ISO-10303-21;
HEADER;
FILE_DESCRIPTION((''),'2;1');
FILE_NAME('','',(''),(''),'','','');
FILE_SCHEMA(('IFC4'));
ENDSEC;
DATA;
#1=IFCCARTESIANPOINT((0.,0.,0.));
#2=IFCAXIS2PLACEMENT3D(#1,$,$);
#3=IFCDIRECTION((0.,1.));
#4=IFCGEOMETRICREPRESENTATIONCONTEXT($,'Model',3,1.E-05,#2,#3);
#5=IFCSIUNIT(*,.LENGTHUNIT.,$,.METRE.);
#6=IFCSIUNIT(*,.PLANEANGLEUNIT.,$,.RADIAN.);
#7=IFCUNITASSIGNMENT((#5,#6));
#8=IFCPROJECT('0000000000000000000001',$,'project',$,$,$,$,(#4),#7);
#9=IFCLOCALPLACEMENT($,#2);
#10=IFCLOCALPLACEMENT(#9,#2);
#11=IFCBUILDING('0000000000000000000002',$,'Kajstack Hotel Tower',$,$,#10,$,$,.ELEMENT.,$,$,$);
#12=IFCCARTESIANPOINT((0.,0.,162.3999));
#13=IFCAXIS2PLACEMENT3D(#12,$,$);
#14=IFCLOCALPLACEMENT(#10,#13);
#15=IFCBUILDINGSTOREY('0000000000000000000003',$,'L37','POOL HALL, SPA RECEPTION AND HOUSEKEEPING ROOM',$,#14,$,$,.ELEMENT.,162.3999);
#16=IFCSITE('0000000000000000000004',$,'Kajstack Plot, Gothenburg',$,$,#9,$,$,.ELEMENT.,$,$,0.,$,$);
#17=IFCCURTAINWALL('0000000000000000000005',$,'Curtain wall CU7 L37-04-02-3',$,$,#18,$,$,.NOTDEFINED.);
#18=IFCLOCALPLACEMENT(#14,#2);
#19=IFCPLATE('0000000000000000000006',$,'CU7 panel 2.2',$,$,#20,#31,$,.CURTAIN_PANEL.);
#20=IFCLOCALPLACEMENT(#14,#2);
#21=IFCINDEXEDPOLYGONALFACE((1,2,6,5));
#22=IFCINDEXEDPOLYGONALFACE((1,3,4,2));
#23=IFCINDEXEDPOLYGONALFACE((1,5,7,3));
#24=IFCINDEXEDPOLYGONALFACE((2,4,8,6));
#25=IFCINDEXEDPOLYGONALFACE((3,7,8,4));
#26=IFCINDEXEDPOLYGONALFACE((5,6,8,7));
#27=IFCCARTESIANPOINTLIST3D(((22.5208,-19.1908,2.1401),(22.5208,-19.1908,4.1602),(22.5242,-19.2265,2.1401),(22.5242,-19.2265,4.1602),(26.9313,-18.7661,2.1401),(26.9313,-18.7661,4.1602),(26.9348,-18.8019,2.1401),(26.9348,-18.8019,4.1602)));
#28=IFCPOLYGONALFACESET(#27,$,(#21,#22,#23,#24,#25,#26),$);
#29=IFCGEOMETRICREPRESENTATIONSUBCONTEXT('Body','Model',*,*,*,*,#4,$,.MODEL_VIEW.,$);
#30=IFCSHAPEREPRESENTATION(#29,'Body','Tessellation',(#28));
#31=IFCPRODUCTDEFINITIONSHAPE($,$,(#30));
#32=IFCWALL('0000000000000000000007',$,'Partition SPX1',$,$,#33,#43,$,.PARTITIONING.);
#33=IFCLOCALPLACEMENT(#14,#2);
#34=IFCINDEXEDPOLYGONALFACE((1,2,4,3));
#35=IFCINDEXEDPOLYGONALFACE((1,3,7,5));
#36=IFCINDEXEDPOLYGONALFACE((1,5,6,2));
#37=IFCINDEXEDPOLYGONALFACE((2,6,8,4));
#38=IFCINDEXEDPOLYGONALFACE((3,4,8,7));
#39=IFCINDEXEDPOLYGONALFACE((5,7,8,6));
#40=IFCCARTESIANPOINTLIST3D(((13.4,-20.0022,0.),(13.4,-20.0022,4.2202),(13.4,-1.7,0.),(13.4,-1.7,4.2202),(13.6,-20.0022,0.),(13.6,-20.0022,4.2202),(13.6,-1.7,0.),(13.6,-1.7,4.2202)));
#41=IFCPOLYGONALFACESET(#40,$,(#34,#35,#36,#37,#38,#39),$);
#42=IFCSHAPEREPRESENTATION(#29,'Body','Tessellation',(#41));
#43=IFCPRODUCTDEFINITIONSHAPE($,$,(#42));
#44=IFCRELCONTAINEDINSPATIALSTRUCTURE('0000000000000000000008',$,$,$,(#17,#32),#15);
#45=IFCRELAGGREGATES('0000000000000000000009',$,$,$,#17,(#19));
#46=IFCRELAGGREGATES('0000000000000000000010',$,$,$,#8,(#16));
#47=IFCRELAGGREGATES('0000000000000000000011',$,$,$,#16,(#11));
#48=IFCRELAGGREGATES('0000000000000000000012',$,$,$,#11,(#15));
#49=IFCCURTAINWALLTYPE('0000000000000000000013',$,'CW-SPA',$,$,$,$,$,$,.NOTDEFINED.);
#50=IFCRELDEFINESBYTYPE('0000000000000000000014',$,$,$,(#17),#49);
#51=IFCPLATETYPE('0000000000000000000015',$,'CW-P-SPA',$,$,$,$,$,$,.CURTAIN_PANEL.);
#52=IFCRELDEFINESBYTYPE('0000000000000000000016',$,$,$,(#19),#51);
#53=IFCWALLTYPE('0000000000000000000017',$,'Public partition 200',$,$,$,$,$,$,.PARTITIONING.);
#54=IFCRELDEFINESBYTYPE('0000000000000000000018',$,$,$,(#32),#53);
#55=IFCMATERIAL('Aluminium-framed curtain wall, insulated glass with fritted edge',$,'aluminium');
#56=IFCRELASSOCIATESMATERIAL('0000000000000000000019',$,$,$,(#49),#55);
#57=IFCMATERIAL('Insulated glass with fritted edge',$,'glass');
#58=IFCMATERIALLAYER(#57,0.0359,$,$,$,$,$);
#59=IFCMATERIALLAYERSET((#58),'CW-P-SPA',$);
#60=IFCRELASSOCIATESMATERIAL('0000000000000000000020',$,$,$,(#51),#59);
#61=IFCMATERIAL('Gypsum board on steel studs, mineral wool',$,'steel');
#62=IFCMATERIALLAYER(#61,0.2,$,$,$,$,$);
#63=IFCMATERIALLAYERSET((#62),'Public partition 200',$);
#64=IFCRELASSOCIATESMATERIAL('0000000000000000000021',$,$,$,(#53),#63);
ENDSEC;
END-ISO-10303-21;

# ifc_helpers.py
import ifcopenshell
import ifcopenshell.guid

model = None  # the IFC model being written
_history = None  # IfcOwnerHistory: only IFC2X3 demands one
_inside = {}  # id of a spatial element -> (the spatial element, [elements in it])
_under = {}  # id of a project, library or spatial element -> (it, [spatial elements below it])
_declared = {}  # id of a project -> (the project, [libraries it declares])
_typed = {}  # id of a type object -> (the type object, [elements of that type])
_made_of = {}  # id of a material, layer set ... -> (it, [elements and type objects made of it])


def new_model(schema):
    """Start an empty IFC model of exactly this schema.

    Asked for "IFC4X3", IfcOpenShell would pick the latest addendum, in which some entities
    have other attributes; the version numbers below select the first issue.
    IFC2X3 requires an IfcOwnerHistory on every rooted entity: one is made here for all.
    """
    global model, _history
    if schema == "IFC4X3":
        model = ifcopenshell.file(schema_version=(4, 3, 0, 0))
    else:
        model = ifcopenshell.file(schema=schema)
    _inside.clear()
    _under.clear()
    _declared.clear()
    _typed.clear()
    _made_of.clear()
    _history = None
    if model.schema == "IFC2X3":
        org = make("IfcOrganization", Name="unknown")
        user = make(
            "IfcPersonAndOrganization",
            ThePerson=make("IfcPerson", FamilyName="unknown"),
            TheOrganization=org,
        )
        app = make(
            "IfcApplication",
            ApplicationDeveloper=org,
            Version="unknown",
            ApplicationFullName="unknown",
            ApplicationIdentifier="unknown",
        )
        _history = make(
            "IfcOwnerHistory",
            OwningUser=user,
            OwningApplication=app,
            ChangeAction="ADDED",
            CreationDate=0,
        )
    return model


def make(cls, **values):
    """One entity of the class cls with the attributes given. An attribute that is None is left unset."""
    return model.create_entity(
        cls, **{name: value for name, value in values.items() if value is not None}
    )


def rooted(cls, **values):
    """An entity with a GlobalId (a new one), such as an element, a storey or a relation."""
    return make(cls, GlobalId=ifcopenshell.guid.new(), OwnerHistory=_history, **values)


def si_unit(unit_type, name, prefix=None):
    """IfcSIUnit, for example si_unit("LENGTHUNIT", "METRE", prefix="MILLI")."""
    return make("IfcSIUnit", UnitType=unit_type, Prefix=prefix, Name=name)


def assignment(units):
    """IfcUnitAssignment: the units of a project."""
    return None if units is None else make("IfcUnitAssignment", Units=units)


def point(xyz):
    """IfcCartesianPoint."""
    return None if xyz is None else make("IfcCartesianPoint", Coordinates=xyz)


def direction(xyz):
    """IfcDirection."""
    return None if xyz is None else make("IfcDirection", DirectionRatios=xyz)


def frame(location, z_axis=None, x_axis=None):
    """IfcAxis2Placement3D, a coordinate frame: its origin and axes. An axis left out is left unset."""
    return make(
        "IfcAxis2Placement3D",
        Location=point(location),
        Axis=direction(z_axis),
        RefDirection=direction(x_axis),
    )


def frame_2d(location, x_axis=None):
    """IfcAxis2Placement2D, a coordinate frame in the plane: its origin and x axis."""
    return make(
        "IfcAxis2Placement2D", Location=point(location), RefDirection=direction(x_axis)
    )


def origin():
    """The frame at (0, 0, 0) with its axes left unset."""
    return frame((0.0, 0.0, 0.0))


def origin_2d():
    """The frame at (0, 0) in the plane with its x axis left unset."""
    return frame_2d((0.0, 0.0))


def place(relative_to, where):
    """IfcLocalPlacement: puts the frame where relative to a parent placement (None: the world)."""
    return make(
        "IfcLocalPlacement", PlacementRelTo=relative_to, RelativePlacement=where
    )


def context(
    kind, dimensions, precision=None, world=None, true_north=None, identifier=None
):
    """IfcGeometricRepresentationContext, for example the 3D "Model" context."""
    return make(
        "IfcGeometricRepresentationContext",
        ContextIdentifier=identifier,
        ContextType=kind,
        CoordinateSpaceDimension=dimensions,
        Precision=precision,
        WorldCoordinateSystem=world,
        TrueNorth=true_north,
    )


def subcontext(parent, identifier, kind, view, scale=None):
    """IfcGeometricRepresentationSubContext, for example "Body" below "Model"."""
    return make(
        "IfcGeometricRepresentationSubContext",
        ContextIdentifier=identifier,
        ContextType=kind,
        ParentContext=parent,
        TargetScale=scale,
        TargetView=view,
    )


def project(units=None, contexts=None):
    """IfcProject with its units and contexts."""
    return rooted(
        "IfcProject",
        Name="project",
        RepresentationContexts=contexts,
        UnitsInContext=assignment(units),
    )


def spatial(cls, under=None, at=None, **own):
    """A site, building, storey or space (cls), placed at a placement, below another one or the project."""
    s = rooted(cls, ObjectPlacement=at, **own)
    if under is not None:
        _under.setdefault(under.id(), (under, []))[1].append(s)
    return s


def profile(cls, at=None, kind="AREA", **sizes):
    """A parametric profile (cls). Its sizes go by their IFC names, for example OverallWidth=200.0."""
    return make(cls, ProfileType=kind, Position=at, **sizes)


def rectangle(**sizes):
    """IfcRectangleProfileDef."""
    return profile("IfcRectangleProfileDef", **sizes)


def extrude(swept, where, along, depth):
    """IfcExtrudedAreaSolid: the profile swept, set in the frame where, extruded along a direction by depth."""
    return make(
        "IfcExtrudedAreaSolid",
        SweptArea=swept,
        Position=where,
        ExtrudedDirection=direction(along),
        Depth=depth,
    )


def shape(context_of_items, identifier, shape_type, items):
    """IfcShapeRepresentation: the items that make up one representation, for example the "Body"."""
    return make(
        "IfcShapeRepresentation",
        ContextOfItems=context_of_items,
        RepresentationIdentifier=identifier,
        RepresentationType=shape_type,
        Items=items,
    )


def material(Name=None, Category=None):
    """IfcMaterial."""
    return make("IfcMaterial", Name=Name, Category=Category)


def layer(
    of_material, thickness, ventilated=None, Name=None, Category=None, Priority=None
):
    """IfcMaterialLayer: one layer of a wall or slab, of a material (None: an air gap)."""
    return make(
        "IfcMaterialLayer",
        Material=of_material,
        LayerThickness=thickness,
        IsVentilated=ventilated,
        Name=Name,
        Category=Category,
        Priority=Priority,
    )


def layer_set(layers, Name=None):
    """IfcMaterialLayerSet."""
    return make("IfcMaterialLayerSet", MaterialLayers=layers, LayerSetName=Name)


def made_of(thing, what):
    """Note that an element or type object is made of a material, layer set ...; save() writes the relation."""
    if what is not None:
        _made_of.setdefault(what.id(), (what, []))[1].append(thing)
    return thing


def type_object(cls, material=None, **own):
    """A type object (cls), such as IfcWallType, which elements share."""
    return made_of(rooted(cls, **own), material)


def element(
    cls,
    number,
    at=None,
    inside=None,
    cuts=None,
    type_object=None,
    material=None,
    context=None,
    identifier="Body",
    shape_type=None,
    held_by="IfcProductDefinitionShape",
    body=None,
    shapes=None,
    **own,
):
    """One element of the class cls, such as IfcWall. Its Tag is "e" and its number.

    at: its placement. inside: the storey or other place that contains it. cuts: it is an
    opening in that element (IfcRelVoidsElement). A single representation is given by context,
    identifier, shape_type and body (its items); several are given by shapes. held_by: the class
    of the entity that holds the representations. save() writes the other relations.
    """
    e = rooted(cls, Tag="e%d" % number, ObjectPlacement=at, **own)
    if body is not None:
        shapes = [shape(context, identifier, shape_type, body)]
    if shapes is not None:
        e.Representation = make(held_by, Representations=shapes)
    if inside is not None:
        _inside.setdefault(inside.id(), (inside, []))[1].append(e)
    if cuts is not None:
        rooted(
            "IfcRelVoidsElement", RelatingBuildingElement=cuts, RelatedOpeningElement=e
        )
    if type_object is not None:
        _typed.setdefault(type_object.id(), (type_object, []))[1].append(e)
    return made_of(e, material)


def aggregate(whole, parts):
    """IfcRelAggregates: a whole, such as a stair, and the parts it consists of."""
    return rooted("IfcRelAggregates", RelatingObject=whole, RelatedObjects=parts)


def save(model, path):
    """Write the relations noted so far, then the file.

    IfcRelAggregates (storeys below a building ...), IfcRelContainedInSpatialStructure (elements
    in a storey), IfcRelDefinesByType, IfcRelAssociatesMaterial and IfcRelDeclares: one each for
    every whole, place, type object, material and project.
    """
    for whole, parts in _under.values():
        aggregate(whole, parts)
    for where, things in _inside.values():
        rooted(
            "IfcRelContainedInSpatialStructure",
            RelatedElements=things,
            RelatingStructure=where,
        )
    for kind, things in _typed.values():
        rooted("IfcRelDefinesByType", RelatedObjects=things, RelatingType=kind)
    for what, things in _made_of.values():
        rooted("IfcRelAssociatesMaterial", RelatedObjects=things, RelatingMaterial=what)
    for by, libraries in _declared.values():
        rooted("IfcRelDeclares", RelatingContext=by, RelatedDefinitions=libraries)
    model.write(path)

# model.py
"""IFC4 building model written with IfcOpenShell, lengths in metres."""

from ifc_helpers import new_model, si_unit, direction, frame, frame_2d, origin, origin_2d, place, context, subcontext, project, spatial, rectangle, extrude, material, layer, layer_set, type_object, element, aggregate, save


model = new_model("IFC4")

# Units and contexts
model_context = context("Model", 3, precision=1e-05, world=origin(), true_north=direction((0.0, 1.0)))
body_context = subcontext(model_context, "Body", "Model", "MODEL_VIEW")
ifc_project = project(units=[si_unit("LENGTHUNIT", "METRE"), si_unit("PLANEANGLEUNIT", "RADIAN")], contexts=[model_context])

# Site, building, storey
site_placement = place(None, origin())
site = spatial("IfcSite", under=ifc_project, at=site_placement, Name="Kajstack Plot, Gothenburg", CompositionType="ELEMENT", RefElevation=0.0)
building_placement = place(site_placement, origin())
building = spatial("IfcBuilding", under=site, at=building_placement, Name="Kajstack Hotel Tower", CompositionType="ELEMENT")
storey_placement = place(building_placement, frame((0.0, 0.0, 162.3999)))
storey = spatial("IfcBuildingStorey", under=building, at=storey_placement, Name="L37", Description="POOL HALL, SPA RECEPTION AND HOUSEKEEPING ROOM", CompositionType="ELEMENT", Elevation=162.3999)

# Curtain wall
ifc_material_1 = material(Name="Aluminium-framed curtain wall, insulated glass with fritted edge", Category="aluminium")
curtain_wall_type = type_object("IfcCurtainWallType", Name="CW-SPA", PredefinedType="NOTDEFINED", material=ifc_material_1)
curtain_wall_1_placement = place(storey_placement, origin())
curtain_wall_1 = element("IfcCurtainWall", 1, at=curtain_wall_1_placement, inside=storey, type_object=curtain_wall_type, Name="Curtain wall CU7 L37-04-02-3", PredefinedType="NOTDEFINED")

# Plate
ifc_material_2 = material(Name="Insulated glass with fritted edge", Category="glass")
ifc_layer_1 = layer(ifc_material_2, 0.0359)
ifc_layer_set_1 = layer_set([ifc_layer_1], Name="CW-P-SPA")
plate_type = type_object("IfcPlateType", Name="CW-P-SPA", PredefinedType="CURTAIN_PANEL", material=ifc_layer_set_1)
plate_1_placement = place(storey_placement, frame((24.7278, -18.9963, 2.1401), z_axis=(0.0, 0.0, 1.0), x_axis=(0.995396, 0.095845, 0.0)))
plate_1 = element("IfcPlate", 2, at=plate_1_placement, type_object=plate_type, Name="CU7 panel 2.2", PredefinedType="CURTAIN_PANEL", context=body_context, shape_type="SweptSolid", body=[
    extrude(rectangle(XDim=4.4309, YDim=0.0359, at=origin_2d()), origin(), (0.0, 0.0, 1.0), 2.02),
])
aggregate(curtain_wall_1, [plate_1])

# Wall
ifc_material_3 = material(Name="Gypsum board on steel studs, mineral wool", Category="steel")
ifc_layer_2 = layer(ifc_material_3, 0.2)
ifc_layer_set_2 = layer_set([ifc_layer_2], Name="Public partition 200")
wall_type = type_object("IfcWallType", Name="Public partition 200", PredefinedType="PARTITIONING", material=ifc_layer_set_2)
wall_placement = place(storey_placement, frame((13.5, -20.0022, 0.0), z_axis=(0.0, 0.0, 1.0), x_axis=(0.0, 1.0, 0.0)))
element("IfcWall", 3, at=wall_placement, inside=storey, type_object=wall_type, Name="Partition SPX1", PredefinedType="PARTITIONING", context=body_context, shape_type="SweptSolid", body=[
    extrude(rectangle(XDim=18.3022, YDim=0.2, at=frame_2d((9.1511, 0.0))), origin(), (0.0, 0.0, 1.0), 4.2202),
])

save(model, "model.ifc")
